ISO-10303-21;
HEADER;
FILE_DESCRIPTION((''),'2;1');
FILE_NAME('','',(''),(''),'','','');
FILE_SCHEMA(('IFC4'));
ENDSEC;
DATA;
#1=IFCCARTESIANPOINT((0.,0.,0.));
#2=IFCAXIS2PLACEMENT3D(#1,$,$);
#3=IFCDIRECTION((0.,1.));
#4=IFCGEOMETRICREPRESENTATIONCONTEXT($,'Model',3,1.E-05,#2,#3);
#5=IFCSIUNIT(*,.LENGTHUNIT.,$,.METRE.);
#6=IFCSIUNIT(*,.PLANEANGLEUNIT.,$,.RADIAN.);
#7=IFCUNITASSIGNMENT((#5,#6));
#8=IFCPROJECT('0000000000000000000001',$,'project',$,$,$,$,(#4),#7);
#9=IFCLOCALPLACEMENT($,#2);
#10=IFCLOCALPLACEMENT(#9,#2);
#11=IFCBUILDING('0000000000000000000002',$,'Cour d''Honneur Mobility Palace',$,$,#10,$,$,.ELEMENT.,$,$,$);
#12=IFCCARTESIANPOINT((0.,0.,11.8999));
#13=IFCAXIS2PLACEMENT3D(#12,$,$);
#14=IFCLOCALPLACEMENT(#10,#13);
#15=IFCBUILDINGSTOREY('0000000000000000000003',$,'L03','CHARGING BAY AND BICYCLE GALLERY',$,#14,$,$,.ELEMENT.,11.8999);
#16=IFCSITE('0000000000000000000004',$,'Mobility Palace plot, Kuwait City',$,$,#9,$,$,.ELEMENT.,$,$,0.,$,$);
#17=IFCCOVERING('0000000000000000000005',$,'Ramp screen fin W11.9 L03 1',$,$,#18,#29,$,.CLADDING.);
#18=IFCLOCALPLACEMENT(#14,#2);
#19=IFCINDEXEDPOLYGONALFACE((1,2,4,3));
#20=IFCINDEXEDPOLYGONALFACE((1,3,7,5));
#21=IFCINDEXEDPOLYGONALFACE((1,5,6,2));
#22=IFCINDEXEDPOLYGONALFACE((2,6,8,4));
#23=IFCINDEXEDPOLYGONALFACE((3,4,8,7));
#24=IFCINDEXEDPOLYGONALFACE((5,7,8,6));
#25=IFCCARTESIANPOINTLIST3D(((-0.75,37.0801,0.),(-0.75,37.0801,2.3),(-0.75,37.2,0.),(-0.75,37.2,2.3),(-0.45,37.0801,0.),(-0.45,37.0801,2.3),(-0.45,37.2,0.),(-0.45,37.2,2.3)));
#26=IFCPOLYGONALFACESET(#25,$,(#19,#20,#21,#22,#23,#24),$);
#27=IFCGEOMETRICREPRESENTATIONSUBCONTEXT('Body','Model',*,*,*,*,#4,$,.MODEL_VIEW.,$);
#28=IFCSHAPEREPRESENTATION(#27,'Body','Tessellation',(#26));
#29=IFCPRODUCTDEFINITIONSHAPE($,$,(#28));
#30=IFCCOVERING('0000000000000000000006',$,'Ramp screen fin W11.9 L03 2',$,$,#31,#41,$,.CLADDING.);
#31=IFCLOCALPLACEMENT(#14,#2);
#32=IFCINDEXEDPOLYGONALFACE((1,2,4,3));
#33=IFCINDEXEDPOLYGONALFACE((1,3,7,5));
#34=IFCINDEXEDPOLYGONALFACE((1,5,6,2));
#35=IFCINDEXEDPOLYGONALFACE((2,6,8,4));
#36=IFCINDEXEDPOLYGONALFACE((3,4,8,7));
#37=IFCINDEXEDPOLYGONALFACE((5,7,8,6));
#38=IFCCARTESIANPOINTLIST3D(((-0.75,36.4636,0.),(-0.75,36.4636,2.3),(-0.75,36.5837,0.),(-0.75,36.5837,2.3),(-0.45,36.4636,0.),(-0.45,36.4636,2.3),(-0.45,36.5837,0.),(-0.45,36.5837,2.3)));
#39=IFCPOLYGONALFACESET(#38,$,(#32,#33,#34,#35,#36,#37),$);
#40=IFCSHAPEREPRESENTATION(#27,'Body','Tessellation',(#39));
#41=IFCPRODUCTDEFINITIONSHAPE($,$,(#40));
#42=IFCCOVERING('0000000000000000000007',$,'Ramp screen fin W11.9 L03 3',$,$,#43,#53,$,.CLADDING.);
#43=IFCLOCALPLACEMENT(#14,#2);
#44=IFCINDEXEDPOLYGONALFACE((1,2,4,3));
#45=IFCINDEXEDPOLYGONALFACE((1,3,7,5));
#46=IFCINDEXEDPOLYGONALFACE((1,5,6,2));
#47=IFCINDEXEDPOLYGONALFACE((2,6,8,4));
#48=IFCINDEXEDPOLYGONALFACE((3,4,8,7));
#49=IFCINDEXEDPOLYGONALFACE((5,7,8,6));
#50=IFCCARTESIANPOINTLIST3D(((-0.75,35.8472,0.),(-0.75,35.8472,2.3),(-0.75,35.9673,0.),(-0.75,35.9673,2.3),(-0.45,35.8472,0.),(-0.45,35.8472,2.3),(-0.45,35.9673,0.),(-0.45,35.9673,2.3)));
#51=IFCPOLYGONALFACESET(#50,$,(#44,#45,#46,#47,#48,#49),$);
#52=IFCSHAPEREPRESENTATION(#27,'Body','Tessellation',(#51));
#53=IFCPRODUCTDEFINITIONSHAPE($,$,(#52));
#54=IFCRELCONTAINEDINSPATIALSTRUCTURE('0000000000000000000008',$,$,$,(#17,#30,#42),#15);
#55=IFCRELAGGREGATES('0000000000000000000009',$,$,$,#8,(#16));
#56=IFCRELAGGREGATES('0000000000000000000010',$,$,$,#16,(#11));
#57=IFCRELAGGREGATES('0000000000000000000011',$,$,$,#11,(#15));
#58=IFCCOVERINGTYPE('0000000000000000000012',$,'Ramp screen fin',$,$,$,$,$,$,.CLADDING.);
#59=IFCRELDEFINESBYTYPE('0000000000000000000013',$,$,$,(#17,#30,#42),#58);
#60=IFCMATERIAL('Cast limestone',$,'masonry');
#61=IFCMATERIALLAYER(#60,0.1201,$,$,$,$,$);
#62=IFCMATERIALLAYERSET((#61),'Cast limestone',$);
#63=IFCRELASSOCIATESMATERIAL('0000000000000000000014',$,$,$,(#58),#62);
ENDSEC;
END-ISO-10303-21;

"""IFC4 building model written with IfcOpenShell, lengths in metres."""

from ifc_helpers import new_model, si_unit, direction, frame, origin, place, context, subcontext, project, spatial, polyline, outline, extrude, material, layer, layer_set, type_object, element, save


model = new_model("IFC4")

# Units and contexts
model_context = context("Model", 3, precision=1e-05, world=origin(), true_north=direction((0.0, 1.0)))
body_context = subcontext(model_context, "Body", "Model", "MODEL_VIEW")
ifc_project = project(units=[si_unit("LENGTHUNIT", "METRE"), si_unit("PLANEANGLEUNIT", "RADIAN")], contexts=[model_context])

# Site, building, storey
site_placement = place(None, origin())
site = spatial("IfcSite", under=ifc_project, at=site_placement, Name="Mobility Palace plot, Kuwait City", CompositionType="ELEMENT", RefElevation=0.0)
building_placement = place(site_placement, origin())
building = spatial("IfcBuilding", under=site, at=building_placement, Name="Cour d'Honneur Mobility Palace", CompositionType="ELEMENT")
storey_placement = place(building_placement, frame((0.0, 0.0, 11.8999)))
storey = spatial("IfcBuildingStorey", under=building, at=storey_placement, Name="L03", Description="CHARGING BAY AND BICYCLE GALLERY", CompositionType="ELEMENT", Elevation=11.8999)

# Coverings
ifc_material = material(Name="Cast limestone", Category="masonry")
ifc_layer = layer(ifc_material, 0.1201)
ifc_layer_set = layer_set([ifc_layer], Name="Cast limestone")
covering_type = type_object("IfcCoveringType", Name="Ramp screen fin", PredefinedType="CLADDING", material=ifc_layer_set)
covering_1_placement = place(storey_placement, origin())
element("IfcCovering", 1, at=covering_1_placement, inside=storey, type_object=covering_type, Name="Ramp screen fin W11.9 L03 1", PredefinedType="CLADDING", context=body_context, shape_type="SweptSolid", body=[
    extrude(outline(polyline([(-0.45, 37.2), (-0.45, 37.0801), (-0.75, 37.0801), (-0.75, 37.2), (-0.45, 37.2)])), origin(), (0.0, 0.0, 1.0), 2.3),
])
covering_2_placement = place(storey_placement, origin())
element("IfcCovering", 2, at=covering_2_placement, inside=storey, type_object=covering_type, Name="Ramp screen fin W11.9 L03 2", PredefinedType="CLADDING", context=body_context, shape_type="SweptSolid", body=[
    extrude(outline(polyline([(-0.45, 36.5837), (-0.45, 36.4636), (-0.75, 36.4636), (-0.75, 36.5837), (-0.45, 36.5837)])), origin(), (0.0, 0.0, 1.0), 2.3),
])
covering_3_placement = place(storey_placement, origin())
element("IfcCovering", 3, at=covering_3_placement, inside=storey, type_object=covering_type, Name="Ramp screen fin W11.9 L03 3", PredefinedType="CLADDING", context=body_context, shape_type="SweptSolid", body=[
    extrude(outline(polyline([(-0.45, 35.9673), (-0.45, 35.8472), (-0.75, 35.8472), (-0.75, 35.9673), (-0.45, 35.9673)])), origin(), (0.0, 0.0, 1.0), 2.3),
])

save(model, "model.ifc")
